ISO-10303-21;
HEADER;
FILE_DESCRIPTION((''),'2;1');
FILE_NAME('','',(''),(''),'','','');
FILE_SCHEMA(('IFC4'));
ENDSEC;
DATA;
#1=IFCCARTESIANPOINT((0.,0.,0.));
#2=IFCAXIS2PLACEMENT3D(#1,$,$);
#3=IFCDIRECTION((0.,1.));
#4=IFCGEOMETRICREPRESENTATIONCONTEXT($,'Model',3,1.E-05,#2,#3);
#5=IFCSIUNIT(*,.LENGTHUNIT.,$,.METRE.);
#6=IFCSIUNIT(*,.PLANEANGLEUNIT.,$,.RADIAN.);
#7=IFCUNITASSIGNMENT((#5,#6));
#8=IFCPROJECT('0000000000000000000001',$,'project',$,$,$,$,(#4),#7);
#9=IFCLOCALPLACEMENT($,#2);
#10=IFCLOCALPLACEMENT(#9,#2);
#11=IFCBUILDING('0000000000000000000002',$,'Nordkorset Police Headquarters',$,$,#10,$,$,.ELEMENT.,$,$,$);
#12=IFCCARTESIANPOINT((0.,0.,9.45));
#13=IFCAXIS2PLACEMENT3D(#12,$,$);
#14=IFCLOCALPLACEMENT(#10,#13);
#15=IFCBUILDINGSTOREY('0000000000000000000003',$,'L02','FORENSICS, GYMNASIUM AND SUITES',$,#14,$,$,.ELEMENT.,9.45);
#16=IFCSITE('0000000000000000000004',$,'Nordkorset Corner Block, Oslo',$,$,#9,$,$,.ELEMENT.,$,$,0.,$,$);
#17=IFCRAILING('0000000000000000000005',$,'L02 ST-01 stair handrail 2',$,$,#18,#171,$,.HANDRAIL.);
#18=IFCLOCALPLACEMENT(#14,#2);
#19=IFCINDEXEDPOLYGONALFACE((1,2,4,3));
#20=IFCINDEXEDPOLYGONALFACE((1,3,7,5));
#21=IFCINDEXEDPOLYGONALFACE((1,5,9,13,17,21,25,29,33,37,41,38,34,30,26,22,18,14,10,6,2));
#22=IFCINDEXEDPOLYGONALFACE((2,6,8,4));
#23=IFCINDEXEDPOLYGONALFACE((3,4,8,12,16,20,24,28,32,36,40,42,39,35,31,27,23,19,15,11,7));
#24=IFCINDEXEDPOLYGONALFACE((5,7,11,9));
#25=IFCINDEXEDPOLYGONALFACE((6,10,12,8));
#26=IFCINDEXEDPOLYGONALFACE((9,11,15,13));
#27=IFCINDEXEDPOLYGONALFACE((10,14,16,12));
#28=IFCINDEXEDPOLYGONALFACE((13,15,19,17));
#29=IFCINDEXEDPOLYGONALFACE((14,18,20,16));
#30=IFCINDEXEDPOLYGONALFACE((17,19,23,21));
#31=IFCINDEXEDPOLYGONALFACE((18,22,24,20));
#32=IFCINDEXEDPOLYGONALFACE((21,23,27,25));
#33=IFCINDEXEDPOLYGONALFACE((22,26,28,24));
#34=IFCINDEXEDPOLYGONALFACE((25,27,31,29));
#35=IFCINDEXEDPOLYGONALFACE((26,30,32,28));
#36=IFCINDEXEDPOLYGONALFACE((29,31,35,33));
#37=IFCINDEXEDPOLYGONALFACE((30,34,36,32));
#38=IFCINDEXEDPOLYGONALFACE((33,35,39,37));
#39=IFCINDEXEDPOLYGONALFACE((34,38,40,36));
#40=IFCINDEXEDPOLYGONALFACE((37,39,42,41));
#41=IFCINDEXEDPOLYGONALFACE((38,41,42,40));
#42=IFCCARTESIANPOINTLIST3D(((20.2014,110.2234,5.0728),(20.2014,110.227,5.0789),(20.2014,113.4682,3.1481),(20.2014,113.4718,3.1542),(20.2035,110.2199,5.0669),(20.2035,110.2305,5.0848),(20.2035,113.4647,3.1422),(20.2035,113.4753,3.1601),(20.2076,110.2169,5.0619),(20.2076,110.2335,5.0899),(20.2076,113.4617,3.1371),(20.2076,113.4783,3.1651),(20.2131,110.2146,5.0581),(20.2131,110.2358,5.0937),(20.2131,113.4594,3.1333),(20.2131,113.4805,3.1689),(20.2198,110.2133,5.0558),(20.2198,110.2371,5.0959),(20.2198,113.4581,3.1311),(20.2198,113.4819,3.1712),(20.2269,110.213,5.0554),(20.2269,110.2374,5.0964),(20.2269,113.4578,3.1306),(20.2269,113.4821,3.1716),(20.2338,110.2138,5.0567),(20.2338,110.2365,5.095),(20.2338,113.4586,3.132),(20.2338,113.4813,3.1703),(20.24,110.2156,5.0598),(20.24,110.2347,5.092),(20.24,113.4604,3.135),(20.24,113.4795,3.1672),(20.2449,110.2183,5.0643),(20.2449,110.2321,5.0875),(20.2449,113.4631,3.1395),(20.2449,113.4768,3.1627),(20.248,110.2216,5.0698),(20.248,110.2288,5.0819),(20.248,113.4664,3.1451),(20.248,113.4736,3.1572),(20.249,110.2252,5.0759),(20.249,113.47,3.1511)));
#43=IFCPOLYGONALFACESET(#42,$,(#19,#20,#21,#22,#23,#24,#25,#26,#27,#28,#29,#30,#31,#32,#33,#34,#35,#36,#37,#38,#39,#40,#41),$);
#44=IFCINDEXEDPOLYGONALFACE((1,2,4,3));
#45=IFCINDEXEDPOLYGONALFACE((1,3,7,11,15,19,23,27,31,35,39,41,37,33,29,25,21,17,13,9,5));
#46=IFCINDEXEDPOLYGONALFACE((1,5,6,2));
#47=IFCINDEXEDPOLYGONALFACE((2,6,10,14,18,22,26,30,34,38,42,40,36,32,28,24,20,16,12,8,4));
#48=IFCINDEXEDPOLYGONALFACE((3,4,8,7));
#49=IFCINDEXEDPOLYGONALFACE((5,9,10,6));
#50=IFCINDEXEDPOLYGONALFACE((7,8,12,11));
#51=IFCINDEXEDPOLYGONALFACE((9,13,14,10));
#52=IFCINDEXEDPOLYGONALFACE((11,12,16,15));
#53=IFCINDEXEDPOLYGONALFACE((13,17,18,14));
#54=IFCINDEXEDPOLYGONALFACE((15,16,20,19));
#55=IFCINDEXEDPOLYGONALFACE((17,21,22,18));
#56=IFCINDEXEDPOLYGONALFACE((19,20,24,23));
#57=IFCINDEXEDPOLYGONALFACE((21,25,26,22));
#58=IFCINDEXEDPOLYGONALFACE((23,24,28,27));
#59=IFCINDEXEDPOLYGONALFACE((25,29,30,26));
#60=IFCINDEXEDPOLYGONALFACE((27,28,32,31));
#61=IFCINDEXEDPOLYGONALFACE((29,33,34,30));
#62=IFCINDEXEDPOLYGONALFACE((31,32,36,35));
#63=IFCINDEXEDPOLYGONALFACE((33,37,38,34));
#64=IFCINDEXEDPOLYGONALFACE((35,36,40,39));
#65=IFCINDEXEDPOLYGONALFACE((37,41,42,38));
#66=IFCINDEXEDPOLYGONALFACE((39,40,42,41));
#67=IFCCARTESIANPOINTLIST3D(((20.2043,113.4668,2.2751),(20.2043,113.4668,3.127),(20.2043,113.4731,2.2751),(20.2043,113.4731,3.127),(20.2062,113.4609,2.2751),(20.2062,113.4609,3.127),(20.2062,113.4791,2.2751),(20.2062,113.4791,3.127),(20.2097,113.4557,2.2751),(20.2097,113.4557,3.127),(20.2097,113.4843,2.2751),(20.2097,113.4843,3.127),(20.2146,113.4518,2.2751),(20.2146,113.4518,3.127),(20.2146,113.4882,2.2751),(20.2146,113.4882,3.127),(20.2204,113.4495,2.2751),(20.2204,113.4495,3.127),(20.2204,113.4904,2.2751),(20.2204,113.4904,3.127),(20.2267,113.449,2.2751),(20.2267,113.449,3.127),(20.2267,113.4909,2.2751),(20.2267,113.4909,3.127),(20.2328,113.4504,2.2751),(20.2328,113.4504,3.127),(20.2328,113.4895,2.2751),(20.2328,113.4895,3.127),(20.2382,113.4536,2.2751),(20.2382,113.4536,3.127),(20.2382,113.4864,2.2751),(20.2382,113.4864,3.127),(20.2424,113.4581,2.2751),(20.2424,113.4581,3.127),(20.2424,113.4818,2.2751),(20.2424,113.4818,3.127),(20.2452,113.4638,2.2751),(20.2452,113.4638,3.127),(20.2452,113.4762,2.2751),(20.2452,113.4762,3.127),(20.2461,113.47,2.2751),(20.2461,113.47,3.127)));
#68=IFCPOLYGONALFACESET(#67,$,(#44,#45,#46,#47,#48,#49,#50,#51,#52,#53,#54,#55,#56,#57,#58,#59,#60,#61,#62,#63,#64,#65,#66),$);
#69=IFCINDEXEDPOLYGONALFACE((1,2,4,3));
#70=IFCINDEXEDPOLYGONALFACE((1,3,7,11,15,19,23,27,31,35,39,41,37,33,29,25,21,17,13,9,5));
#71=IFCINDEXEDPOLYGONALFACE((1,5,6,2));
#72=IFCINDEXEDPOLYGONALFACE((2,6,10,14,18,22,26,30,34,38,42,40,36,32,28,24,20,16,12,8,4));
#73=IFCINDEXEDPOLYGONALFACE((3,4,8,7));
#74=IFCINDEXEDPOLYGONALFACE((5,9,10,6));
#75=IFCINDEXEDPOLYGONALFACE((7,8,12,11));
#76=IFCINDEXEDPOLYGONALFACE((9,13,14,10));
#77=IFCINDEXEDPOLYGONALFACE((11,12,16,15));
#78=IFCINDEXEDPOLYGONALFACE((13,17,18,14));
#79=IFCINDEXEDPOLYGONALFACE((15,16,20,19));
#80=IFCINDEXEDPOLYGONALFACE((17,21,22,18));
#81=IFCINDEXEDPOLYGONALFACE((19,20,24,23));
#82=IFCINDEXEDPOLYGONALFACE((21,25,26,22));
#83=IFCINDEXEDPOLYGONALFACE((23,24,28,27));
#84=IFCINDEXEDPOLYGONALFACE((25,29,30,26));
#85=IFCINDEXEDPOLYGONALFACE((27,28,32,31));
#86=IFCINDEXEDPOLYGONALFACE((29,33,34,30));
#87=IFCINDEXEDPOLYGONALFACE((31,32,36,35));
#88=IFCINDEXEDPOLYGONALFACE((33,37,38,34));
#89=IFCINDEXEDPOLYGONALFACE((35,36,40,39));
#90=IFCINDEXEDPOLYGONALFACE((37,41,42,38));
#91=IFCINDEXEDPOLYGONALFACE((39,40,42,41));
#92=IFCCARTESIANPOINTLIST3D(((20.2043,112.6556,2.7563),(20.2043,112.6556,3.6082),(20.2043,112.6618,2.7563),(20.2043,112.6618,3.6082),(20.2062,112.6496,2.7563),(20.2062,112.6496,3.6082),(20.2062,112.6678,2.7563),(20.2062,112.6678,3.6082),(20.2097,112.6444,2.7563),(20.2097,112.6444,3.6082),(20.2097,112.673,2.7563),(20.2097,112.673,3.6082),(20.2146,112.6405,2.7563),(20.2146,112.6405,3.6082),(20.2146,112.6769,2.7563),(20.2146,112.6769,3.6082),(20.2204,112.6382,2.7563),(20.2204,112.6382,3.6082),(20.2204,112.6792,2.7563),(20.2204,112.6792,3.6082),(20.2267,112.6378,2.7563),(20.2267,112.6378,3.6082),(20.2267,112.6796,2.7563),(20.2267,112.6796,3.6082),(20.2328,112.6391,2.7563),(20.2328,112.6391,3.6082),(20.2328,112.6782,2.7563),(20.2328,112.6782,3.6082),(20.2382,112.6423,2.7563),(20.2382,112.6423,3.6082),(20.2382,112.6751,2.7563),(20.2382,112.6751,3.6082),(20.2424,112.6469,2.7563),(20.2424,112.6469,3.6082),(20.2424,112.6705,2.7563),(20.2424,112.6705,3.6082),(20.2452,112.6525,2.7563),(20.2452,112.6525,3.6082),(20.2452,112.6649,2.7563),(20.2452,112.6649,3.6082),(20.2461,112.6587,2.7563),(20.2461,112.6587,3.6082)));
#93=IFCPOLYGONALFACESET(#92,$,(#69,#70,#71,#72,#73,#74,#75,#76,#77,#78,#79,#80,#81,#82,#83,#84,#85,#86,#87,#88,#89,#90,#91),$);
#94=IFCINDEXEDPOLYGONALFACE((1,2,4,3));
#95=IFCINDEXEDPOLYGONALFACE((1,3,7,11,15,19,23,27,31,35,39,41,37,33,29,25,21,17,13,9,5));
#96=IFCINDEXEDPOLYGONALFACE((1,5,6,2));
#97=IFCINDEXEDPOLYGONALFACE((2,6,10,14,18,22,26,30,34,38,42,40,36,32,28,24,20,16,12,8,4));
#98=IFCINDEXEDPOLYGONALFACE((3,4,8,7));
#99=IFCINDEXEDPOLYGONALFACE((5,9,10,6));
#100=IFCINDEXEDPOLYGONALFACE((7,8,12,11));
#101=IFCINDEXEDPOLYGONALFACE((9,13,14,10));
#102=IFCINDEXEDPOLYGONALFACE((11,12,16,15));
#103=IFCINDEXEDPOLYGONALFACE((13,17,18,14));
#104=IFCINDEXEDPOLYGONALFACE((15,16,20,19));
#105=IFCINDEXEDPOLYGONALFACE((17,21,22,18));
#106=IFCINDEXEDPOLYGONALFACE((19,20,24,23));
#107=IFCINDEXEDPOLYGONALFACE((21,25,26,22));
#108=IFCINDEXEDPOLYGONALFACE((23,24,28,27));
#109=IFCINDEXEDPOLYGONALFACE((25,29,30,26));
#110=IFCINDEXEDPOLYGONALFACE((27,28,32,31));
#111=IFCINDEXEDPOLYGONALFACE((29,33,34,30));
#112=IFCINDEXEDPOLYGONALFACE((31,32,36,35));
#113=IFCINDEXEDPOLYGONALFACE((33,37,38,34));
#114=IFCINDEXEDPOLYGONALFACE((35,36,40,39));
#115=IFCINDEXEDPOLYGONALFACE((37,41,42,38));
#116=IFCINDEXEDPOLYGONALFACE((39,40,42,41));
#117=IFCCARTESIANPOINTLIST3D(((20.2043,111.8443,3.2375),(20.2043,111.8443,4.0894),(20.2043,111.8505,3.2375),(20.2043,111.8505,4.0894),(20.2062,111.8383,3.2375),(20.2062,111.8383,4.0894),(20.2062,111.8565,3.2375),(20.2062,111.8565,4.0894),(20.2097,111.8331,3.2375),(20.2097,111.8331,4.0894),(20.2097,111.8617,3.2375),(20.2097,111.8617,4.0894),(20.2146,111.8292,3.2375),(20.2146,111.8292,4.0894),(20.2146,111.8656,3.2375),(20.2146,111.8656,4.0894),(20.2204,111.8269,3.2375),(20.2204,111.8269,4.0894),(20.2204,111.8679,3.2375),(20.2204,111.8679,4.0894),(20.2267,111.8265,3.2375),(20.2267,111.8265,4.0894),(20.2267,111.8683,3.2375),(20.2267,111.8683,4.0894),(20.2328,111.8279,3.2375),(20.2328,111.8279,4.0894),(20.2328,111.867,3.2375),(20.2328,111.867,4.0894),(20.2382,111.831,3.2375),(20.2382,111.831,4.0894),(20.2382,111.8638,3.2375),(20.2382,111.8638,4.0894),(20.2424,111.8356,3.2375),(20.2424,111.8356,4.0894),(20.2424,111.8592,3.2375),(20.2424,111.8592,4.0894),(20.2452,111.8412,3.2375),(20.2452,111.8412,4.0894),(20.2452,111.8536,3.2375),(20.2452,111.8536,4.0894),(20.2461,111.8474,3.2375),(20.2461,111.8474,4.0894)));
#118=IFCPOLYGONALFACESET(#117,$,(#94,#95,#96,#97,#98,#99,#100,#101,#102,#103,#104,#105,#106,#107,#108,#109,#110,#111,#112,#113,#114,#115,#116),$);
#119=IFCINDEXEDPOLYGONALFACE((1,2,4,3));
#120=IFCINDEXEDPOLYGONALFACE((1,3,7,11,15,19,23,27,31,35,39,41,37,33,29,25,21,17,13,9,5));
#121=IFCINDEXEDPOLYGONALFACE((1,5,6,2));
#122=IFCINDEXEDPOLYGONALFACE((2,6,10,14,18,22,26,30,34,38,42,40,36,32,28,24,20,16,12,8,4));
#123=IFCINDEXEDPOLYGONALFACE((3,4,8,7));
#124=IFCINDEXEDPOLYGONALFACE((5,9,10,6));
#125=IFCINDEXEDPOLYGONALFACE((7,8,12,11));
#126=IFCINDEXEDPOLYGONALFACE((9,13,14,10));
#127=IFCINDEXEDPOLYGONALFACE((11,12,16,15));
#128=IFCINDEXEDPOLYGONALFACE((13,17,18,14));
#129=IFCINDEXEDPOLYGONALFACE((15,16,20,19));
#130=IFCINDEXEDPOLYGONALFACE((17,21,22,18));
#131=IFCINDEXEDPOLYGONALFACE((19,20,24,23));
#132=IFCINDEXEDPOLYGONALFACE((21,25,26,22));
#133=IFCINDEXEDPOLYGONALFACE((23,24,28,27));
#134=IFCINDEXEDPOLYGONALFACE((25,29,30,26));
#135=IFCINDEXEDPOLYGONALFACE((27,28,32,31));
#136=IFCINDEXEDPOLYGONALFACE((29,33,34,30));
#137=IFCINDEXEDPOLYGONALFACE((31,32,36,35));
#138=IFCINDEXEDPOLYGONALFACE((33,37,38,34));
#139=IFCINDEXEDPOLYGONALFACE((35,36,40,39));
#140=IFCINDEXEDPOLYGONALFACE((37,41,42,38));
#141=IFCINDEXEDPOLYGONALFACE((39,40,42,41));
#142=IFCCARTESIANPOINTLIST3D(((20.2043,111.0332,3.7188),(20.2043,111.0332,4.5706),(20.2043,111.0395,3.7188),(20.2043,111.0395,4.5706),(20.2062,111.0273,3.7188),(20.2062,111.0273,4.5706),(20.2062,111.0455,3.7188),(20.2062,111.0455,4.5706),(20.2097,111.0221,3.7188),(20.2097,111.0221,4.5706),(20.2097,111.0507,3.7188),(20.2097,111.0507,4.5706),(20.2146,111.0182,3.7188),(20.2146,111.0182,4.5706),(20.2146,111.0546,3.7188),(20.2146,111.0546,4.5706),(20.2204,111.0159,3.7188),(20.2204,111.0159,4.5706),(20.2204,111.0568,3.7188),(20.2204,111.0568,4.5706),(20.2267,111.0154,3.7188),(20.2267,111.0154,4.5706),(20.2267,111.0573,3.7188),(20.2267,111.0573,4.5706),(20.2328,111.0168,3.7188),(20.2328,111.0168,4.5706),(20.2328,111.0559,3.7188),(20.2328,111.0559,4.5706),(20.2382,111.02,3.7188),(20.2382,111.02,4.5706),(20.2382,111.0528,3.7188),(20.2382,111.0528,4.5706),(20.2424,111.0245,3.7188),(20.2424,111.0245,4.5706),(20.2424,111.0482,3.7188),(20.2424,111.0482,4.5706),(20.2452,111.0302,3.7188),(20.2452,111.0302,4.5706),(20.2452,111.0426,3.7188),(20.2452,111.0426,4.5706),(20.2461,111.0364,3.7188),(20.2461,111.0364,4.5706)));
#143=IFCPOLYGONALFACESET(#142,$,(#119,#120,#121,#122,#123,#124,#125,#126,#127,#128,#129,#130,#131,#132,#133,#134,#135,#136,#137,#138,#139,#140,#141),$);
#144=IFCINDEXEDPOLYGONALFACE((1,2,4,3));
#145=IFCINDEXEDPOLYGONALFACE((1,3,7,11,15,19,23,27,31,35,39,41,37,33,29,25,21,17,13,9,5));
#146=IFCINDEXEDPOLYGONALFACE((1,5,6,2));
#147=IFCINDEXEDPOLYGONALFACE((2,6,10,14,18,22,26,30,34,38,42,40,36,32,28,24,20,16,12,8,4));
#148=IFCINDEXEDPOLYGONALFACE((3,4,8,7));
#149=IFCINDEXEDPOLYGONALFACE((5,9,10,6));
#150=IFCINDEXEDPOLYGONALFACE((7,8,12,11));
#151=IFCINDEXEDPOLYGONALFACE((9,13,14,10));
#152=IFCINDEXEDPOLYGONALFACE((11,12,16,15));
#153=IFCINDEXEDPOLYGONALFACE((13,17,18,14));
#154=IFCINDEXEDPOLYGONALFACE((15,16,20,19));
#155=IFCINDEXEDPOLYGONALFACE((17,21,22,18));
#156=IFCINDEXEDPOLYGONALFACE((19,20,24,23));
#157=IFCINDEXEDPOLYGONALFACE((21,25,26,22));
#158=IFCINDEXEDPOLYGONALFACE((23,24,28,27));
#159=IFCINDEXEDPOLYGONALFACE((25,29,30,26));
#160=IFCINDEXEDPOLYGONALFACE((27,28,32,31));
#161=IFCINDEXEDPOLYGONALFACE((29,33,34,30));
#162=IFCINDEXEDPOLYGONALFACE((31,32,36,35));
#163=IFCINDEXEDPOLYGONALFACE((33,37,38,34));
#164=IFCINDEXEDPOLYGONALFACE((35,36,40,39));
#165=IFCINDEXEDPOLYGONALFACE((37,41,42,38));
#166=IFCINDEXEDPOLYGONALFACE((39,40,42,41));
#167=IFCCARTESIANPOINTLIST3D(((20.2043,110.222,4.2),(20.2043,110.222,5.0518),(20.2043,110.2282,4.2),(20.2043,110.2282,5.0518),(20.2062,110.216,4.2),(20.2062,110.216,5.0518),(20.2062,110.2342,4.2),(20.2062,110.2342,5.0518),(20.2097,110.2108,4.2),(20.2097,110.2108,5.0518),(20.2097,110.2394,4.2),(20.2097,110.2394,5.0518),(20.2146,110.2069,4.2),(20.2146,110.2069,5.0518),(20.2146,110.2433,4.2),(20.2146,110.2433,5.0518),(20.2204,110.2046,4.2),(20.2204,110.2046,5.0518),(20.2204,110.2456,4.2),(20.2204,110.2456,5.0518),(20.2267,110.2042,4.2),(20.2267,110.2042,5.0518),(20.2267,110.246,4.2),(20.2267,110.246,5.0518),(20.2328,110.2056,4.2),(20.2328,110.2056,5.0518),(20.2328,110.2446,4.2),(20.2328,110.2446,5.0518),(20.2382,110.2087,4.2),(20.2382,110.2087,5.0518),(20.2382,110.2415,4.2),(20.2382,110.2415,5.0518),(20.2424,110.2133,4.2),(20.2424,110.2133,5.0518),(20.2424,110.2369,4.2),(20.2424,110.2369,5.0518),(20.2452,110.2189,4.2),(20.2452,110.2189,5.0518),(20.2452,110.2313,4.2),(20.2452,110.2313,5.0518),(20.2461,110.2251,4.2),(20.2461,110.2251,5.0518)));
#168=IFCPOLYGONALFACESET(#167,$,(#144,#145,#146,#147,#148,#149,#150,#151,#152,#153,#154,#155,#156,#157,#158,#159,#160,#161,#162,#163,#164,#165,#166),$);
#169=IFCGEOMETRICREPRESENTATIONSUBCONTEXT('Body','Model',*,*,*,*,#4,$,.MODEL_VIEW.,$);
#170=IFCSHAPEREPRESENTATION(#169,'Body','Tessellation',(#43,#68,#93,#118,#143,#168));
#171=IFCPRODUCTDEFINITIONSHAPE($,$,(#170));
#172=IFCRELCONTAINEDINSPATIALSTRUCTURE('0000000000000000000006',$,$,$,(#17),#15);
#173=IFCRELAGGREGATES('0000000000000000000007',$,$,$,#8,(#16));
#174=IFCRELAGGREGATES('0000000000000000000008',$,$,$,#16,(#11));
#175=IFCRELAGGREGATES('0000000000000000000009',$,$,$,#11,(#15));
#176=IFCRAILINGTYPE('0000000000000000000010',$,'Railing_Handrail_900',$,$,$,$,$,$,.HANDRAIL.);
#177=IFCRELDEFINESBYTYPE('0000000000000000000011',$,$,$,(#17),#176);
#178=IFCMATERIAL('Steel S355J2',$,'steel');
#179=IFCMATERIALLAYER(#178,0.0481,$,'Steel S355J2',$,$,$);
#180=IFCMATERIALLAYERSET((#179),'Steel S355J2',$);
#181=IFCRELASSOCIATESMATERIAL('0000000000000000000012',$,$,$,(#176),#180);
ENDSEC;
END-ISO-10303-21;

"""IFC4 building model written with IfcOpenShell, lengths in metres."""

from ifc_helpers import new_model, si_unit, direction, frame, origin, origin_2d, place, context, subcontext, project, spatial, circle, extrude, material, layer, layer_set, type_object, element, save


model = new_model("IFC4")

# Units and contexts
model_context = context("Model", 3, precision=1e-05, world=origin(), true_north=direction((0.0, 1.0)))
body_context = subcontext(model_context, "Body", "Model", "MODEL_VIEW")
ifc_project = project(units=[si_unit("LENGTHUNIT", "METRE"), si_unit("PLANEANGLEUNIT", "RADIAN")], contexts=[model_context])

# Site, building, storey
site_placement = place(None, origin())
site = spatial("IfcSite", under=ifc_project, at=site_placement, Name="Nordkorset Corner Block, Oslo", CompositionType="ELEMENT", RefElevation=0.0)
building_placement = place(site_placement, origin())
building = spatial("IfcBuilding", under=site, at=building_placement, Name="Nordkorset Police Headquarters", CompositionType="ELEMENT")
storey_placement = place(building_placement, frame((0.0, 0.0, 9.45)))
storey = spatial("IfcBuildingStorey", under=building, at=storey_placement, Name="L02", Description="FORENSICS, GYMNASIUM AND SUITES", CompositionType="ELEMENT", Elevation=9.45)

# Railing
ifc_material_1 = material(Name="Steel S355J2", Category="steel")
ifc_layer_1 = layer(ifc_material_1, 0.0481, Name="Steel S355J2")
ifc_layer_set_1 = layer_set([ifc_layer_1], Name="Steel S355J2")
railing_type_1 = type_object("IfcRailingType", Name="Railing_Handrail_900", PredefinedType="HANDRAIL", material=ifc_layer_set_1)
railing_1_placement = place(storey_placement, frame((20.2251, 113.47, 2.2751)))
element("IfcRailing", 1, at=railing_1_placement, inside=storey, type_object=railing_type_1, Name="L02 ST-01 stair handrail 2", PredefinedType="HANDRAIL", context=body_context, shape_type="SweptSolid", body=[
    extrude(circle(Radius=0.0239, at=origin_2d()), frame((0.0, 0.0, 0.876), z_axis=(0.0, -0.860069, 0.510178), x_axis=(1.0, 0.0, 0.0)), (0.0, 0.0, 1.0), 3.7727),
    extrude(circle(Radius=0.021, at=origin_2d()), origin(), (0.0, 0.0, 1.0), 0.8518),
    extrude(circle(Radius=0.021, at=origin_2d()), frame((0.0, -0.8113, 0.4812)), (0.0, 0.0, 1.0), 0.8518),
    extrude(circle(Radius=0.021, at=origin_2d()), frame((0.0, -1.6226, 0.9624)), (0.0, 0.0, 1.0), 0.8518),
    extrude(circle(Radius=0.021, at=origin_2d()), frame((0.0, -2.4336, 1.4436)), (0.0, 0.0, 1.0), 0.8518),
    extrude(circle(Radius=0.021, at=origin_2d()), frame((0.0, -3.2449, 1.9248)), (0.0, 0.0, 1.0), 0.8518),
])

save(model, "model.ifc")
